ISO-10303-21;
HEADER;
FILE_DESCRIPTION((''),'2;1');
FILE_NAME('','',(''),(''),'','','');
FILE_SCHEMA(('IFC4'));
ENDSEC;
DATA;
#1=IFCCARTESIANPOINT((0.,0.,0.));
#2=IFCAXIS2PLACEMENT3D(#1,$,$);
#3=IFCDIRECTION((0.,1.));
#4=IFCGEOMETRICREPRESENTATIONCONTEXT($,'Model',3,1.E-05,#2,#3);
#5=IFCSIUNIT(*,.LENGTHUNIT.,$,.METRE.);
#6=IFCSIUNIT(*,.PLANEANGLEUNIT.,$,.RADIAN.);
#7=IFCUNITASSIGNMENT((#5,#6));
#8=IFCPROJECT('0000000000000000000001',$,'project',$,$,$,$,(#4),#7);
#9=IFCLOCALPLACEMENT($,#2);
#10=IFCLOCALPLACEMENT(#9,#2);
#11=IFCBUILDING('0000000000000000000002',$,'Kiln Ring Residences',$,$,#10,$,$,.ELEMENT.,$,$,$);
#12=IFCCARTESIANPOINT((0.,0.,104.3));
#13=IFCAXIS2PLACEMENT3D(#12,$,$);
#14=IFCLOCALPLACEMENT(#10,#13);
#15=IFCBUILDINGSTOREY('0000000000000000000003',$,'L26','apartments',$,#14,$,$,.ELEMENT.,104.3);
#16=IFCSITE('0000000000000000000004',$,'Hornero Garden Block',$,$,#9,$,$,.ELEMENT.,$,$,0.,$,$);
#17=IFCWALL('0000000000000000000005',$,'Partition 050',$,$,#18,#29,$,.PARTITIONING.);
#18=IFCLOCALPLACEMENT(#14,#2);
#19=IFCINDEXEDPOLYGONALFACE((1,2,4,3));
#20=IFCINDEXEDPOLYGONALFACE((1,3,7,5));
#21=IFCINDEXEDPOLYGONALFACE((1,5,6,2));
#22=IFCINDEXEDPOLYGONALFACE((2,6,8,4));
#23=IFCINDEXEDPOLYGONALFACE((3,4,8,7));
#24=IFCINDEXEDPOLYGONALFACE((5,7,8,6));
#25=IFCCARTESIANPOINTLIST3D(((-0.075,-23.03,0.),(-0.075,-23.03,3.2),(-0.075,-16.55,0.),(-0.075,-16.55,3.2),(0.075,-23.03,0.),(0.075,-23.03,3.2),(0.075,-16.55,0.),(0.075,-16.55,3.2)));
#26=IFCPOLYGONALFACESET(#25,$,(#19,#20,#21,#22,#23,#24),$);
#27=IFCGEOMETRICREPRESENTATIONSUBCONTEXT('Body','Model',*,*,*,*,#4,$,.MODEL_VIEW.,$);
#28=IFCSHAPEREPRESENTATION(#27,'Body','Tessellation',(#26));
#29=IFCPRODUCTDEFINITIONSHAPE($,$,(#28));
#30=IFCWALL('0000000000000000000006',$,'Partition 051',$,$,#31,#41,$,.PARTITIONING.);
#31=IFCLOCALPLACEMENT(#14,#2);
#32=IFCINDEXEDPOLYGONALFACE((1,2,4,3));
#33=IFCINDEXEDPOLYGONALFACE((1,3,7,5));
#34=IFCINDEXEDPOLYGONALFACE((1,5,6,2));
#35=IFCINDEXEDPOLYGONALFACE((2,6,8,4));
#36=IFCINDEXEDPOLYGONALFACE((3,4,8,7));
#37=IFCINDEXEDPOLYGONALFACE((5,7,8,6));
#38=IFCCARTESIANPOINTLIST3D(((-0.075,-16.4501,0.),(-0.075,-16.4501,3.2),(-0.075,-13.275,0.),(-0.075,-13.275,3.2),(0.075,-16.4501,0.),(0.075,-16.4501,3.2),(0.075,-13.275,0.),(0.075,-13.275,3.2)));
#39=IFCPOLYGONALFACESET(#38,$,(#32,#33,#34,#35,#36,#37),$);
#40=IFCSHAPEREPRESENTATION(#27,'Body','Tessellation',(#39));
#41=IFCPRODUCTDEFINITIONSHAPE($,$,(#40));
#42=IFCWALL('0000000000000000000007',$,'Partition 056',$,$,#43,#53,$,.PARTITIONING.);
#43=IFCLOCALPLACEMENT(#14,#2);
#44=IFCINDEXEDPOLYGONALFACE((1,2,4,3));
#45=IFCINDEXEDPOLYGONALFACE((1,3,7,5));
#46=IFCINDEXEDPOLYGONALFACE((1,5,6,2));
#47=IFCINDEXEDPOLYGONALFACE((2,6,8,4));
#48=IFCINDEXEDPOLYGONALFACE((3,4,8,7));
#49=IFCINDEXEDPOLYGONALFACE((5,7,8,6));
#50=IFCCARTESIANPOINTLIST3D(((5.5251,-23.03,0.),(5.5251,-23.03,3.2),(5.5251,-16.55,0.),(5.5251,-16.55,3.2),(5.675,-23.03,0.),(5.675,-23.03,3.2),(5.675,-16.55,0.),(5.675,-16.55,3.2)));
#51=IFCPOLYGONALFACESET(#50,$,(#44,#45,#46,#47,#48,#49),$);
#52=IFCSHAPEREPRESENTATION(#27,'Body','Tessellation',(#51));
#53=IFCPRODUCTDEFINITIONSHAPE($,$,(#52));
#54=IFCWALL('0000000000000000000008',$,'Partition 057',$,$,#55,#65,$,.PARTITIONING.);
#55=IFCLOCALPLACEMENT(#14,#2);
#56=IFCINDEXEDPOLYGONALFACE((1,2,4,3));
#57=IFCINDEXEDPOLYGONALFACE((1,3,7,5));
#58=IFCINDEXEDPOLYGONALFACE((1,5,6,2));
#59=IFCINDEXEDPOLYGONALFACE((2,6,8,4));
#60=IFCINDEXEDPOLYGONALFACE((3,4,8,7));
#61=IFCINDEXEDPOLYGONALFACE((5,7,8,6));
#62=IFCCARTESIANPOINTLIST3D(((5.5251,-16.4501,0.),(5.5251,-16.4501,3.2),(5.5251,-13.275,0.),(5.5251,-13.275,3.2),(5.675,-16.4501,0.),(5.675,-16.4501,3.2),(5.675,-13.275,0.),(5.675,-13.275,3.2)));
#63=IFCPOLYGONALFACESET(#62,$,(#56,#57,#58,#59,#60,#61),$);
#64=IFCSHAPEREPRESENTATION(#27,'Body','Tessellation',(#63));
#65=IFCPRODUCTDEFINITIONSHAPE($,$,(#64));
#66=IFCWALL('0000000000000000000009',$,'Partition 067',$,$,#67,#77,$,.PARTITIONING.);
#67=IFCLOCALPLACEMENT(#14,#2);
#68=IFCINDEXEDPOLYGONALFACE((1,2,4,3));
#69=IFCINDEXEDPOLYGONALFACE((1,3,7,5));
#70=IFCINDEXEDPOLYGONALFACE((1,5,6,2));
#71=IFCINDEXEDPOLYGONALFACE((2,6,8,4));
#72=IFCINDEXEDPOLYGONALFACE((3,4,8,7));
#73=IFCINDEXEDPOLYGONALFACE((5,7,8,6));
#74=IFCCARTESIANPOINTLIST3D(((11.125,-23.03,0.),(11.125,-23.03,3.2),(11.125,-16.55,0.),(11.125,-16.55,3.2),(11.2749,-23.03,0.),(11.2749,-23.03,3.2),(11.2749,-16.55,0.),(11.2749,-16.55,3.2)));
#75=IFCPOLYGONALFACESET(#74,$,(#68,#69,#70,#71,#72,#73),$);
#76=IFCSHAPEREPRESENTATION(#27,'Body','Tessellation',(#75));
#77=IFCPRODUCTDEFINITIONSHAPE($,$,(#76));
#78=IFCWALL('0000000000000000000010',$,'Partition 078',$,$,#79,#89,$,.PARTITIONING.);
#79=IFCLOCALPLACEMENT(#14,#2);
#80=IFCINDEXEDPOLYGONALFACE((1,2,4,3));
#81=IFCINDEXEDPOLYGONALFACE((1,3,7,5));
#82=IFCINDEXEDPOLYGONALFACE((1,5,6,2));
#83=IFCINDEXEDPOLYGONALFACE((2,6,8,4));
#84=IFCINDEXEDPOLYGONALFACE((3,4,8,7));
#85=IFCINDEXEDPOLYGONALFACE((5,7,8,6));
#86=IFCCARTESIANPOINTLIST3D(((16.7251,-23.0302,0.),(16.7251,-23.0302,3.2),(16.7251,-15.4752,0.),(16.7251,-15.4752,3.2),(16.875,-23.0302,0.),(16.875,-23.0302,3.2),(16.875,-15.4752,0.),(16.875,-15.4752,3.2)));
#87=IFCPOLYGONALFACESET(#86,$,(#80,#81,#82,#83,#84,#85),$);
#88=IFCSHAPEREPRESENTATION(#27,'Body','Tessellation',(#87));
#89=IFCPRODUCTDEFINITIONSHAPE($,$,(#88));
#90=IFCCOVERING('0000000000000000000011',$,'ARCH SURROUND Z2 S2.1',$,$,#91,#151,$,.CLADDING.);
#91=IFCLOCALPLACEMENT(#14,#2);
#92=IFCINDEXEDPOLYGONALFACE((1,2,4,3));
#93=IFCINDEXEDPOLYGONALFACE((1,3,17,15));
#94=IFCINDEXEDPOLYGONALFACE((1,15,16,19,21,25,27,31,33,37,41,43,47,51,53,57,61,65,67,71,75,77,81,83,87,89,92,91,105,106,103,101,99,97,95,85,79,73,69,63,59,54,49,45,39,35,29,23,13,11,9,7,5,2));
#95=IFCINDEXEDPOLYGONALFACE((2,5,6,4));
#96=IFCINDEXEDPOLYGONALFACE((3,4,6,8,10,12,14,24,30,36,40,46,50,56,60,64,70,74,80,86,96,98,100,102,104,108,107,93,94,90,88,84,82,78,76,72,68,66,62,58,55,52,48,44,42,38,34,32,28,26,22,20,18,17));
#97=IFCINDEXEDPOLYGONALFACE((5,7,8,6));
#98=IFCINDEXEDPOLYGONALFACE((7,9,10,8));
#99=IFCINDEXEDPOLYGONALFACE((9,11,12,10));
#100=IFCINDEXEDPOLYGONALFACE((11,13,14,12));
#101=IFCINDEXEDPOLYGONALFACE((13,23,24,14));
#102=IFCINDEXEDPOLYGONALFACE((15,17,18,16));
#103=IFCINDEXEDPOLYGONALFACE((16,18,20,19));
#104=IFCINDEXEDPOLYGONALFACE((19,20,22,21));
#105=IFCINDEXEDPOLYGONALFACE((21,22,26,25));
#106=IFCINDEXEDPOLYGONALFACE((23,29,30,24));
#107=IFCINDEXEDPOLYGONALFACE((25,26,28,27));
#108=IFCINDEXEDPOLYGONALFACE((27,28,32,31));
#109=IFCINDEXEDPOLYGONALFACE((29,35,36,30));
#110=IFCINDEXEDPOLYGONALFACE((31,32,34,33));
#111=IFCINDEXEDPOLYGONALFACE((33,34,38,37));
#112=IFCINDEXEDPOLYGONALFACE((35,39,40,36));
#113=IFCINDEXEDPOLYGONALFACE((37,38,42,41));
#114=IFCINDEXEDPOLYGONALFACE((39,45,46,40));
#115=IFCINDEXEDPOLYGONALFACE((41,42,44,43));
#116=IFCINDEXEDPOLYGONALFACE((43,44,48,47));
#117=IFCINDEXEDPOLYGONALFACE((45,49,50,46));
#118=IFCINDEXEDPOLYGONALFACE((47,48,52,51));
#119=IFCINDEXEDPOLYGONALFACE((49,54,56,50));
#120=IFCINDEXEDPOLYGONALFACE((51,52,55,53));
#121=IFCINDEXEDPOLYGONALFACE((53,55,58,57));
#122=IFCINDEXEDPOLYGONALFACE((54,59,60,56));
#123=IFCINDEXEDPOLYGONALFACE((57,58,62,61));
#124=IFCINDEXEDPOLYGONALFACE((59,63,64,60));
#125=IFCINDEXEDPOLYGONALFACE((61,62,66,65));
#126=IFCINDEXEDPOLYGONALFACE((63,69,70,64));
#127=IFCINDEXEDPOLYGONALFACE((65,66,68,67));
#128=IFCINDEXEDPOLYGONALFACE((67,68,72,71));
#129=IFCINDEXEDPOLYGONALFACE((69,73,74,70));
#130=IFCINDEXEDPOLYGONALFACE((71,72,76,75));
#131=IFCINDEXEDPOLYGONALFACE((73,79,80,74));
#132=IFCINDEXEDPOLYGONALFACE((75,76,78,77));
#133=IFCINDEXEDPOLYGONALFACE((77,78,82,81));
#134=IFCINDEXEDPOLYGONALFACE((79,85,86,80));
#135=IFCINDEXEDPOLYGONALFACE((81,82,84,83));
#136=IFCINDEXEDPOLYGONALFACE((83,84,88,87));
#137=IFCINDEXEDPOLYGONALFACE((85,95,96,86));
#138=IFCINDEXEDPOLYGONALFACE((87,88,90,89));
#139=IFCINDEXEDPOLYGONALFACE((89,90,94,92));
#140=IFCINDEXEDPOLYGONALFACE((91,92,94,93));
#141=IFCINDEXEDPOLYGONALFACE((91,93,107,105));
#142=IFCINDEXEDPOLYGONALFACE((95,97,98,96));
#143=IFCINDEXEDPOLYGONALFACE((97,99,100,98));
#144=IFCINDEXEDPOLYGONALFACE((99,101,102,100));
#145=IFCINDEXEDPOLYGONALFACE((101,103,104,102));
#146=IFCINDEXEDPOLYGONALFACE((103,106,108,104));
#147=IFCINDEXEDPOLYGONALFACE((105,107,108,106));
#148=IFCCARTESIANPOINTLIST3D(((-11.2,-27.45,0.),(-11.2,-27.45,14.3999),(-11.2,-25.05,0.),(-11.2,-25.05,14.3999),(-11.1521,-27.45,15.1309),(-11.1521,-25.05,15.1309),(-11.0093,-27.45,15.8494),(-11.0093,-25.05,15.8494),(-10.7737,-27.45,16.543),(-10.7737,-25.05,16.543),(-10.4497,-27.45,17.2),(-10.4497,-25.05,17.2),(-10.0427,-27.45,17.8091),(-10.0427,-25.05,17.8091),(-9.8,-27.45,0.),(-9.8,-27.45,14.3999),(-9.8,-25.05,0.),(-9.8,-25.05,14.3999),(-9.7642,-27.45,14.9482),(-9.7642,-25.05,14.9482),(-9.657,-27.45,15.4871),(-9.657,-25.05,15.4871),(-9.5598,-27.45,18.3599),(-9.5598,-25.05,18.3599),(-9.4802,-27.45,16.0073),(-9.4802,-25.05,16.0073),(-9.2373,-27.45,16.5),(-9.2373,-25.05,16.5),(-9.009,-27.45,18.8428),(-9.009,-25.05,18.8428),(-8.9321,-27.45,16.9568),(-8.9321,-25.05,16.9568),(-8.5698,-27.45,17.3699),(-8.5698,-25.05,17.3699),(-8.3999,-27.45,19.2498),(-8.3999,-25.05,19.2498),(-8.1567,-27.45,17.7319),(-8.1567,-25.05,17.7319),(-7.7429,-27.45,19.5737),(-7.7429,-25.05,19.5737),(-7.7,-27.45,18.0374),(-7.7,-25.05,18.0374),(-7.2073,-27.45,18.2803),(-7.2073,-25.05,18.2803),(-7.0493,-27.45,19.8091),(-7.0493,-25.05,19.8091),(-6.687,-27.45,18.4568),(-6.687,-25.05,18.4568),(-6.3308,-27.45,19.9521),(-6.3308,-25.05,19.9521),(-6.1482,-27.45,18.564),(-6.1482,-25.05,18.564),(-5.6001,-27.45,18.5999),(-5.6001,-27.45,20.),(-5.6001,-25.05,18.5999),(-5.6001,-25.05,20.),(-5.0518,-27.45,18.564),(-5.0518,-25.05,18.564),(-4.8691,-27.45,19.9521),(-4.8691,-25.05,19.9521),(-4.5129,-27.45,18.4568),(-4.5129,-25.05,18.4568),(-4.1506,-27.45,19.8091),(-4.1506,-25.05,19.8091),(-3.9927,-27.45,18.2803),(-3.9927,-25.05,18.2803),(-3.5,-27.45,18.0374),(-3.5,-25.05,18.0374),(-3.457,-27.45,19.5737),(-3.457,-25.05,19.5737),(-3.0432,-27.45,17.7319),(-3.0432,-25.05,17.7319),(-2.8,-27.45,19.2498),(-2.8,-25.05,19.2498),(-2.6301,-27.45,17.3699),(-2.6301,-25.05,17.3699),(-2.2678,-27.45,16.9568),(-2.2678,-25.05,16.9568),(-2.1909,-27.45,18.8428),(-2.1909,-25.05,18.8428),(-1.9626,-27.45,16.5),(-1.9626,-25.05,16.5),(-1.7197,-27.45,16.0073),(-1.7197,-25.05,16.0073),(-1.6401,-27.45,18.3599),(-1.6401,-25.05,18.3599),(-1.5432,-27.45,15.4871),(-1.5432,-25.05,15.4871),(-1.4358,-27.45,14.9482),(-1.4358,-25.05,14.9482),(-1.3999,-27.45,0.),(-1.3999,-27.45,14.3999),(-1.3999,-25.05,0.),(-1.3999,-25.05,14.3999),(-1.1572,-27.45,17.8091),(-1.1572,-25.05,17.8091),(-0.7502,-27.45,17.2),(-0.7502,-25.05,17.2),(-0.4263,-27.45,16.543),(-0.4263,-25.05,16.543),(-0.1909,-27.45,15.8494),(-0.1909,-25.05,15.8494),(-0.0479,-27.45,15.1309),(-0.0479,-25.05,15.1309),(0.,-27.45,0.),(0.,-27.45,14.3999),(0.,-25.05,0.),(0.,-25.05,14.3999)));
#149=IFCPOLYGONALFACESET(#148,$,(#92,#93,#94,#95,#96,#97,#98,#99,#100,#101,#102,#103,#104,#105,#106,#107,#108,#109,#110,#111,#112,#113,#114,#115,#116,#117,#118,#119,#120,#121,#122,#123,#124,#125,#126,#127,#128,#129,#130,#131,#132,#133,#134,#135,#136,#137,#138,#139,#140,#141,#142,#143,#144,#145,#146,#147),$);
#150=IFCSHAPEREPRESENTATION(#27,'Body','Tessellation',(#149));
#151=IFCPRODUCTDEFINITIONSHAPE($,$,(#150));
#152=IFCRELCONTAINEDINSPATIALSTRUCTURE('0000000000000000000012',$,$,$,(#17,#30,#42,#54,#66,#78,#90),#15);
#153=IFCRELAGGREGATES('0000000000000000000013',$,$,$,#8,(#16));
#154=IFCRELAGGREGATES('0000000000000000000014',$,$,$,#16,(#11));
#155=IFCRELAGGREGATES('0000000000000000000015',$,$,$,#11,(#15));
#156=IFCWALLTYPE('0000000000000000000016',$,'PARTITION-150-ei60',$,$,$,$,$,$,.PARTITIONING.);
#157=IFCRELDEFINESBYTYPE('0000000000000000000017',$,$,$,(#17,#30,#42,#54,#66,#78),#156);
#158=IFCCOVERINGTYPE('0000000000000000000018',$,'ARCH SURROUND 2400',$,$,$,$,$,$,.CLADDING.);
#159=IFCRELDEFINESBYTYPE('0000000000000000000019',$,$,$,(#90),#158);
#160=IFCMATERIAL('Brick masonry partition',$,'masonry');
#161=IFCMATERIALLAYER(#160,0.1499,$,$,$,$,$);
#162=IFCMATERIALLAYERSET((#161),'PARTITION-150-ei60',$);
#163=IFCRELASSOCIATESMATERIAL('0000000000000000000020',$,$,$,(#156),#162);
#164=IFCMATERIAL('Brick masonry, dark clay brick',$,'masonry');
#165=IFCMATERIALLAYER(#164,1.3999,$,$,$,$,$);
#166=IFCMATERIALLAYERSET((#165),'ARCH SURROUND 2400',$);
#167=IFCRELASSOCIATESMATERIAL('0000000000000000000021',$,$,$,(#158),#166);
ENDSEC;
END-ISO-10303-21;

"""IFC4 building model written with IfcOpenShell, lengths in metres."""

from ifc_helpers import new_model, si_unit, direction, frame, frame_2d, origin, place, context, subcontext, project, spatial, polyline, rectangle, outline, extrude, material, layer, layer_set, type_object, element, save


model = new_model("IFC4")

# Units and contexts
model_context = context("Model", 3, precision=1e-05, world=origin(), true_north=direction((0.0, 1.0)))
body_context = subcontext(model_context, "Body", "Model", "MODEL_VIEW")
ifc_project = project(units=[si_unit("LENGTHUNIT", "METRE"), si_unit("PLANEANGLEUNIT", "RADIAN")], contexts=[model_context])

# Site, building, storey
site_placement = place(None, origin())
site = spatial("IfcSite", under=ifc_project, at=site_placement, Name="Hornero Garden Block", CompositionType="ELEMENT", RefElevation=0.0)
building_placement = place(site_placement, origin())
building = spatial("IfcBuilding", under=site, at=building_placement, Name="Kiln Ring Residences", CompositionType="ELEMENT")
storey_placement = place(building_placement, frame((0.0, 0.0, 104.3)))
storey = spatial("IfcBuildingStorey", under=building, at=storey_placement, Name="L26", Description="apartments", CompositionType="ELEMENT", Elevation=104.3)

# Walls
ifc_material_1 = material(Name="Brick masonry partition", Category="masonry")
ifc_layer_1 = layer(ifc_material_1, 0.1499)
ifc_layer_set_1 = layer_set([ifc_layer_1], Name="PARTITION-150-ei60")
wall_type_1 = type_object("IfcWallType", Name="PARTITION-150-ei60", PredefinedType="PARTITIONING", material=ifc_layer_set_1)
wall_1_placement = place(storey_placement, frame((0.0, -23.03, 0.0), z_axis=(0.0, 0.0, 1.0), x_axis=(0.0, 1.0, 0.0)))
element("IfcWall", 1, at=wall_1_placement, inside=storey, type_object=wall_type_1, Name="Partition 050", PredefinedType="PARTITIONING", context=body_context, shape_type="SweptSolid", body=[
    extrude(rectangle(XDim=6.48, YDim=0.1499, at=frame_2d((3.24, 0.0))), origin(), (0.0, 0.0, 1.0), 3.2),
])
wall_2_placement = place(storey_placement, frame((0.0, -16.45, 0.0), z_axis=(0.0, 0.0, 1.0), x_axis=(0.0, 1.0, 0.0)))
element("IfcWall", 2, at=wall_2_placement, inside=storey, type_object=wall_type_1, Name="Partition 051", PredefinedType="PARTITIONING", context=body_context, shape_type="SweptSolid", body=[
    extrude(rectangle(XDim=3.175, YDim=0.1499, at=frame_2d((1.5874, 0.0))), origin(), (0.0, 0.0, 1.0), 3.2),
])
wall_3_placement = place(storey_placement, frame((5.6001, -23.03, 0.0), z_axis=(0.0, 0.0, 1.0), x_axis=(0.0, 1.0, 0.0)))
element("IfcWall", 3, at=wall_3_placement, inside=storey, type_object=wall_type_1, Name="Partition 056", PredefinedType="PARTITIONING", context=body_context, shape_type="SweptSolid", body=[
    extrude(rectangle(XDim=6.48, YDim=0.1499, at=frame_2d((3.24, 0.0))), origin(), (0.0, 0.0, 1.0), 3.2),
])
wall_4_placement = place(storey_placement, frame((5.6001, -16.45, 0.0), z_axis=(0.0, 0.0, 1.0), x_axis=(0.0, 1.0, 0.0)))
element("IfcWall", 4, at=wall_4_placement, inside=storey, type_object=wall_type_1, Name="Partition 057", PredefinedType="PARTITIONING", context=body_context, shape_type="SweptSolid", body=[
    extrude(rectangle(XDim=3.175, YDim=0.1499, at=frame_2d((1.5874, 0.0))), origin(), (0.0, 0.0, 1.0), 3.2),
])
wall_5_placement = place(storey_placement, frame((11.2, -23.03, 0.0), z_axis=(0.0, 0.0, 1.0), x_axis=(0.0, 1.0, 0.0)))
element("IfcWall", 5, at=wall_5_placement, inside=storey, type_object=wall_type_1, Name="Partition 067", PredefinedType="PARTITIONING", context=body_context, shape_type="SweptSolid", body=[
    extrude(rectangle(XDim=6.48, YDim=0.1499, at=frame_2d((3.24, 0.0))), origin(), (0.0, 0.0, 1.0), 3.2),
])
wall_6_placement = place(storey_placement, frame((16.8, -23.03, 0.0), z_axis=(0.0, 0.0, 1.0), x_axis=(0.0, 1.0, 0.0)))
element("IfcWall", 6, at=wall_6_placement, inside=storey, type_object=wall_type_1, Name="Partition 078", PredefinedType="PARTITIONING", context=body_context, shape_type="SweptSolid", body=[
    extrude(rectangle(XDim=7.5549, YDim=0.1499, at=frame_2d((3.7773, 0.0))), origin(), (0.0, 0.0, 1.0), 3.2),
])

# Covering
ifc_material_2 = material(Name="Brick masonry, dark clay brick", Category="masonry")
ifc_layer_2 = layer(ifc_material_2, 1.3999)
ifc_layer_set_2 = layer_set([ifc_layer_2], Name="ARCH SURROUND 2400")
covering_type = type_object("IfcCoveringType", Name="ARCH SURROUND 2400", PredefinedType="CLADDING", material=ifc_layer_set_2)
covering_1_placement = place(storey_placement, frame((0.0, -26.25, 0.0), z_axis=(0.0, 0.0, 1.0), x_axis=(-1.0, 0.0, 0.0)))
element("IfcCovering", 7, at=covering_1_placement, inside=storey, type_object=covering_type, Name="ARCH SURROUND Z2 S2.1", PredefinedType="CLADDING", context=body_context, shape_type="SweptSolid", body=[
    extrude(outline(polyline([(11.2, 0.0), (11.2, 14.3999), (11.1521, 15.1309), (11.0093, 15.8494), (10.7737, 16.543), (10.4497, 17.2), (10.0427, 17.8091), (9.5598, 18.3599), (9.009, 18.8428), (8.3999, 19.2498), (7.7429, 19.5737), (7.0493, 19.8091), (6.3308, 19.9521), (5.6001, 20.0), (4.8691, 19.9521), (4.1506, 19.8091), (3.457, 19.5737), (2.8, 19.2498), (2.1909, 18.8428), (1.6401, 18.3599), (1.1572, 17.8091), (0.7502, 17.2), (0.4263, 16.543), (0.1909, 15.8494), (0.0479, 15.1309), (0.0, 14.3999), (0.0, 0.0), (1.3999, 0.0), (1.3999, 14.3999), (1.4358, 14.9482), (1.5432, 15.4871), (1.7197, 16.0073), (1.9626, 16.5), (2.2678, 16.9568), (2.6301, 17.3699), (3.0432, 17.7319), (3.5, 18.0374), (3.9927, 18.2803), (4.5129, 18.4568), (5.0518, 18.564), (5.6001, 18.5999), (6.1482, 18.564), (6.687, 18.4568), (7.2073, 18.2803), (7.7, 18.0374), (8.1567, 17.7319), (8.5698, 17.3699), (8.9321, 16.9568), (9.2373, 16.5), (9.4802, 16.0073), (9.657, 15.4871), (9.7642, 14.9482), (9.8, 14.3999), (9.8, 0.0), (11.2, 0.0)])), frame((0.0, 1.2, 0.0), z_axis=(0.0, -1.0, 0.0), x_axis=(1.0, 0.0, 0.0)), (0.0, 0.0, 1.0), 2.3999),
])

save(model, "model.ifc")
